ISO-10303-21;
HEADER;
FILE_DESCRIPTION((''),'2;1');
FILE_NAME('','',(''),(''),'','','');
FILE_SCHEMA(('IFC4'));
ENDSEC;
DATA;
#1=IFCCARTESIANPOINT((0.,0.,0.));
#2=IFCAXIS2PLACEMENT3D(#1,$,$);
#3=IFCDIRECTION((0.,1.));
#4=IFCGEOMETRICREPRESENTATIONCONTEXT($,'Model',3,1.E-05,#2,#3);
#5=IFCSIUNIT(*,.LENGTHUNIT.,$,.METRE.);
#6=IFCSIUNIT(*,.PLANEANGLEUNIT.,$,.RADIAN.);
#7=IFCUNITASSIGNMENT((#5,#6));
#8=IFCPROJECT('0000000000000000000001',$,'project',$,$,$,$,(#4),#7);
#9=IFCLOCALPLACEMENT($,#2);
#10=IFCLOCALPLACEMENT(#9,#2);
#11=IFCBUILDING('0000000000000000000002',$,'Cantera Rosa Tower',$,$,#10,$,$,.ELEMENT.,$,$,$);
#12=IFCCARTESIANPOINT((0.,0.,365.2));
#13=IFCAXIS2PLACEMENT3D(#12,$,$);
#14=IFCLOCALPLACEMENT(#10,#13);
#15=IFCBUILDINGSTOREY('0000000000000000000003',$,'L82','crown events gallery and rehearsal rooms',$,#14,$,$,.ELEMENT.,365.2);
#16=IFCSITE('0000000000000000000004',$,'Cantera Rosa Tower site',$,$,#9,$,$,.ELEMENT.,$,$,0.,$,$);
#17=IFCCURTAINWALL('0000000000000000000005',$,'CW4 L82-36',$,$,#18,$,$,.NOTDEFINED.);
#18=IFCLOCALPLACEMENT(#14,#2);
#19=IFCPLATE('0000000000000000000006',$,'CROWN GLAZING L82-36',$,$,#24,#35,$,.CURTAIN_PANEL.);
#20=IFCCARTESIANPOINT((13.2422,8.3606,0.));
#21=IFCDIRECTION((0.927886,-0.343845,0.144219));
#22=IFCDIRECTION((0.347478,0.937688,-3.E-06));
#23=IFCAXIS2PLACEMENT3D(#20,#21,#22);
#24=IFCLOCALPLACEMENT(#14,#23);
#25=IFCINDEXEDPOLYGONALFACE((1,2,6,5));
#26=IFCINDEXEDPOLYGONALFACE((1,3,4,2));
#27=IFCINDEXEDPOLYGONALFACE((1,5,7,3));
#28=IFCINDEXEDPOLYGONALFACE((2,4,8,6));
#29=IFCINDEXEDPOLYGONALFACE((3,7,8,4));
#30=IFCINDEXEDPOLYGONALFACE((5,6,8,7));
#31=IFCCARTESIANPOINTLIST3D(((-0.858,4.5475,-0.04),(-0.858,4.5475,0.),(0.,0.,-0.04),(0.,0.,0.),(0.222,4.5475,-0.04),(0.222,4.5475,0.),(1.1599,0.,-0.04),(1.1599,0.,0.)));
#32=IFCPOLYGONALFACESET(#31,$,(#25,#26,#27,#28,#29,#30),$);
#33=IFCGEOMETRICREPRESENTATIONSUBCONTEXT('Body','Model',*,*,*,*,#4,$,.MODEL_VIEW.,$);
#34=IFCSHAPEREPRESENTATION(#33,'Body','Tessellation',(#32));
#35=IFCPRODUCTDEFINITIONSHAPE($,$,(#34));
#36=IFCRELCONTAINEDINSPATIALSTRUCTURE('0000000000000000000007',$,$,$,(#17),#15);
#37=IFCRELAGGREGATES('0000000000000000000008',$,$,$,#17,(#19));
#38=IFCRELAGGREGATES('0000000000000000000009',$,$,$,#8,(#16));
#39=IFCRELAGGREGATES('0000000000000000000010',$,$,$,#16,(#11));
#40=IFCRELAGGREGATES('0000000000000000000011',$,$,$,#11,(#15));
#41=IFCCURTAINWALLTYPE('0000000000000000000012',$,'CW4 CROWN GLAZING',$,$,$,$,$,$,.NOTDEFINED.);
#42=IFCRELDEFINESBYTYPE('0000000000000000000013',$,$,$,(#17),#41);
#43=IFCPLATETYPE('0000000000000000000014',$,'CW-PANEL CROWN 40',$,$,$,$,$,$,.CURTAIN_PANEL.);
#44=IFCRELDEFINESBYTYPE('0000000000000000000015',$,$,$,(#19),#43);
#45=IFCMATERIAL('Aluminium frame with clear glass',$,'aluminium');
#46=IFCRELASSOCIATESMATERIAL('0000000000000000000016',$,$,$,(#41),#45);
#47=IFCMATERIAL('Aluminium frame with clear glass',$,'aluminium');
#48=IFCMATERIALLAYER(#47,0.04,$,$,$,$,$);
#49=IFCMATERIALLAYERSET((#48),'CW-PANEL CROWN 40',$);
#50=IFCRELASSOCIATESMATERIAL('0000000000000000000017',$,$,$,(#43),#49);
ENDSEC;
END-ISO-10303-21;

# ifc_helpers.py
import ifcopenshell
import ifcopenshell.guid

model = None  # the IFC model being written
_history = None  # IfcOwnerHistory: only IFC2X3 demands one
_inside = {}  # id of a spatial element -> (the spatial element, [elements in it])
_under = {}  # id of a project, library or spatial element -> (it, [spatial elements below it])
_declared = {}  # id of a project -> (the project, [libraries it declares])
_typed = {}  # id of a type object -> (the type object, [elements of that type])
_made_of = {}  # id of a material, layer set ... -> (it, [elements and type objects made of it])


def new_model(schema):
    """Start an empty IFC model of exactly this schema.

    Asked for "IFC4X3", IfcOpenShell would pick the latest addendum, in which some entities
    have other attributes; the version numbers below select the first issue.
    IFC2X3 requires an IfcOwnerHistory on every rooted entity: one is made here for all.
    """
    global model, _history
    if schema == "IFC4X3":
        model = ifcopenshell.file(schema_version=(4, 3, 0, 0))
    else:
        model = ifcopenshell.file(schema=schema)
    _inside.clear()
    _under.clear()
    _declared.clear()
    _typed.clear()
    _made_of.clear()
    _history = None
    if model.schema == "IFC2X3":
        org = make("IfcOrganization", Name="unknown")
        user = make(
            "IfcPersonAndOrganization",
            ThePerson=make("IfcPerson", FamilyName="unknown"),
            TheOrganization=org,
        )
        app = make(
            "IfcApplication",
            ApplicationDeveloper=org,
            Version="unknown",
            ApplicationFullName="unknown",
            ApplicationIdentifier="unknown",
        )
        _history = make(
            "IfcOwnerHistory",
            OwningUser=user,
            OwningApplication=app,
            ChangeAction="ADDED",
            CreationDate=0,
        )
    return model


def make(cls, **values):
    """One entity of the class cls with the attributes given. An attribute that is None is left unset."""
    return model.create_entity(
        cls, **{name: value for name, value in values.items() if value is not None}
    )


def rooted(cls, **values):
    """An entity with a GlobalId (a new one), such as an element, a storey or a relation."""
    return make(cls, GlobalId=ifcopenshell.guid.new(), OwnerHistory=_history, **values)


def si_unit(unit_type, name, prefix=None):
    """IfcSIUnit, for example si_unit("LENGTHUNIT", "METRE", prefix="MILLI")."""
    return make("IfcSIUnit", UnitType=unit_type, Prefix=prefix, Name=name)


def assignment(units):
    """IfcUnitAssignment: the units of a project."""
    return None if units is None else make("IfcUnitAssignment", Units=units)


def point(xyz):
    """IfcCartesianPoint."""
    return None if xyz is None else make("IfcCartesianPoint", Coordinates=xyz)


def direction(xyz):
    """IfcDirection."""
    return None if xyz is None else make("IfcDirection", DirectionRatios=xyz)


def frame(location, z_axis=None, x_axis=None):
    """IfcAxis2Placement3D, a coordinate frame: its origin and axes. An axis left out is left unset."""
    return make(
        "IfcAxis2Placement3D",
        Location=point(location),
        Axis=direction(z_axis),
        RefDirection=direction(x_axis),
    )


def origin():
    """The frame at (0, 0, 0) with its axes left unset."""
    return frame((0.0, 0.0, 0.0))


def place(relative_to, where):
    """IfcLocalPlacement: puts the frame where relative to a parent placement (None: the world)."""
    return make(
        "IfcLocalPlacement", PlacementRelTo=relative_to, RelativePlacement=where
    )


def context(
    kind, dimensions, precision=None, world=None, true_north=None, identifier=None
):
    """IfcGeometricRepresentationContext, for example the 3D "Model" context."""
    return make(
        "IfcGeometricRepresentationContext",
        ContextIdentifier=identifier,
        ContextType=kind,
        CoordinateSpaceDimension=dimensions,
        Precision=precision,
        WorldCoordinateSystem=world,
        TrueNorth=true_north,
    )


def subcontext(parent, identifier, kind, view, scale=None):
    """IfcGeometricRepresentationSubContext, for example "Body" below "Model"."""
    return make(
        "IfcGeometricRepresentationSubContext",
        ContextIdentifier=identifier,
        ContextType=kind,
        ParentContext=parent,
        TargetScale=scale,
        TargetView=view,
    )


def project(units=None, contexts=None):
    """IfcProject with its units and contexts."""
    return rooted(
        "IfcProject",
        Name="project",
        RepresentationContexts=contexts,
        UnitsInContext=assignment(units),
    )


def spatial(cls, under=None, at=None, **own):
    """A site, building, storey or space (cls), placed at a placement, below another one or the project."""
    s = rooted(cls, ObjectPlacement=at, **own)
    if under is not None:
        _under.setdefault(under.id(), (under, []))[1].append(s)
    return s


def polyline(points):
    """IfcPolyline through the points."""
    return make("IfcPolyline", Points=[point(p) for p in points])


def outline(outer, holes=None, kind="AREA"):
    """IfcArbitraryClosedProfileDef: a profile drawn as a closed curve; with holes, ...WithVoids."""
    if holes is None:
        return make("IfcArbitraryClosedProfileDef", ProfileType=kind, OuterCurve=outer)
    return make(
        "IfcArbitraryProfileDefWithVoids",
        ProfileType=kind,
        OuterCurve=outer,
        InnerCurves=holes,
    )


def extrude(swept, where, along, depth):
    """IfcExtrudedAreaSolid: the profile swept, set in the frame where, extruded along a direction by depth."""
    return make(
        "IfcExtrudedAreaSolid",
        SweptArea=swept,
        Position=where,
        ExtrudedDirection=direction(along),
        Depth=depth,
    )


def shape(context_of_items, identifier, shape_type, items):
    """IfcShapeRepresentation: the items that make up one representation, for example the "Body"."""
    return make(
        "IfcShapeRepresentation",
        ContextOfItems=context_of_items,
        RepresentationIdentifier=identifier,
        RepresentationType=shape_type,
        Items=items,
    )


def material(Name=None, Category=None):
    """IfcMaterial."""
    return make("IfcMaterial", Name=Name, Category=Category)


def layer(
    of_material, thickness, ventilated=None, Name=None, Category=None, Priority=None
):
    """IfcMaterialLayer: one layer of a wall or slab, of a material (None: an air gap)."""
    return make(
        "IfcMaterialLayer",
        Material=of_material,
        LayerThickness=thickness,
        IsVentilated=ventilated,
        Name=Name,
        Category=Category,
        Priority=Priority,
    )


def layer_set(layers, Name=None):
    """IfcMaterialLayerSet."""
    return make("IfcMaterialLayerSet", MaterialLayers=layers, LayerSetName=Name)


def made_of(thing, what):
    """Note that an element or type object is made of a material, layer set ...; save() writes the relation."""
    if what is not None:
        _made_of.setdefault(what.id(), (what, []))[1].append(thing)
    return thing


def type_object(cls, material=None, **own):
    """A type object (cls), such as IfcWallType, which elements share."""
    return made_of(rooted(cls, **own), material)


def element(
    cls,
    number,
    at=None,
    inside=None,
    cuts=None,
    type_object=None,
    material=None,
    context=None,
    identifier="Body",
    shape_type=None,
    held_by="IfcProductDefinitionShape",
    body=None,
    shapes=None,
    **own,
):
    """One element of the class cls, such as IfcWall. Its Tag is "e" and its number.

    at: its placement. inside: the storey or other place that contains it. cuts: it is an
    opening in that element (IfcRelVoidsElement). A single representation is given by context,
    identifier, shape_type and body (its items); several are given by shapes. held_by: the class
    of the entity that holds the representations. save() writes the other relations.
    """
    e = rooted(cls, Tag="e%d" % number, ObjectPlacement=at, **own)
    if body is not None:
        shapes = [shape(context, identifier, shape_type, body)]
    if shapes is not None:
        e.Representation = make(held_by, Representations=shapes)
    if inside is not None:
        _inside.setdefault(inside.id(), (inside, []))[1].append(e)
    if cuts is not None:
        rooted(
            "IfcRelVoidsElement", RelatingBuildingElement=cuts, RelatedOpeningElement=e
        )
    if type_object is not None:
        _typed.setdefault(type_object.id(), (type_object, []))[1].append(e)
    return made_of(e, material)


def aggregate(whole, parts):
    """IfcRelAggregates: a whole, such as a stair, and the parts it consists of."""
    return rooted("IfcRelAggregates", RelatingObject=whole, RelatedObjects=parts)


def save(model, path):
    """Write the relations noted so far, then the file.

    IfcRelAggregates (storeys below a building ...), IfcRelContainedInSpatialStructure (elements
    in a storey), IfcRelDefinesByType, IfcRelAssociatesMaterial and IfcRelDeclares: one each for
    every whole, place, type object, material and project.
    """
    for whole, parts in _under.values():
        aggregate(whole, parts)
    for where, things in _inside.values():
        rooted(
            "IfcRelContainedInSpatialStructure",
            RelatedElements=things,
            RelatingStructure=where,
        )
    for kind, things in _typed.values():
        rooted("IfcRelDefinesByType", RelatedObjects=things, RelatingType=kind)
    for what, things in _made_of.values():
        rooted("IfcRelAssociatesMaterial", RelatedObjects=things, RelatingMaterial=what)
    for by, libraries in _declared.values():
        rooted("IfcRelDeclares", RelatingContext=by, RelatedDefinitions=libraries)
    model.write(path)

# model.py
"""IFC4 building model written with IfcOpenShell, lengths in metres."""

from ifc_helpers import new_model, si_unit, direction, frame, origin, place, context, subcontext, project, spatial, polyline, outline, extrude, material, layer, layer_set, type_object, element, aggregate, save


model = new_model("IFC4")

# Units and contexts
model_context = context("Model", 3, precision=1e-05, world=origin(), true_north=direction((0.0, 1.0)))
body_context = subcontext(model_context, "Body", "Model", "MODEL_VIEW")
ifc_project = project(units=[si_unit("LENGTHUNIT", "METRE"), si_unit("PLANEANGLEUNIT", "RADIAN")], contexts=[model_context])

# Site, building, storey
site_placement = place(None, origin())
site = spatial("IfcSite", under=ifc_project, at=site_placement, Name="Cantera Rosa Tower site", CompositionType="ELEMENT", RefElevation=0.0)
building_placement = place(site_placement, origin())
building = spatial("IfcBuilding", under=site, at=building_placement, Name="Cantera Rosa Tower", CompositionType="ELEMENT")
storey_placement = place(building_placement, frame((0.0, 0.0, 365.2)))
storey = spatial("IfcBuildingStorey", under=building, at=storey_placement, Name="L82", Description="crown events gallery and rehearsal rooms", CompositionType="ELEMENT", Elevation=365.2)

# Curtain wall
ifc_material_1 = material(Name="Aluminium frame with clear glass", Category="aluminium")
curtain_wall_type = type_object("IfcCurtainWallType", Name="CW4 CROWN GLAZING", PredefinedType="NOTDEFINED", material=ifc_material_1)
curtain_wall_1_placement = place(storey_placement, origin())
curtain_wall_1 = element("IfcCurtainWall", 1, at=curtain_wall_1_placement, inside=storey, type_object=curtain_wall_type, Name="CW4 L82-36", PredefinedType="NOTDEFINED")

# Plate
ifc_material_2 = material(Name="Aluminium frame with clear glass", Category="aluminium")
ifc_layer_1 = layer(ifc_material_2, 0.04)
ifc_layer_set_1 = layer_set([ifc_layer_1], Name="CW-PANEL CROWN 40")
plate_type = type_object("IfcPlateType", Name="CW-PANEL CROWN 40", PredefinedType="CURTAIN_PANEL", material=ifc_layer_set_1)
plate_1_placement = place(storey_placement, frame((13.2422, 8.3606, 0.0), z_axis=(0.927886, -0.343845, 0.144219), x_axis=(0.347478, 0.937688, -0.000003)))
plate_1 = element("IfcPlate", 2, at=plate_1_placement, type_object=plate_type, Name="CROWN GLAZING L82-36", PredefinedType="CURTAIN_PANEL", context=body_context, shape_type="SweptSolid", body=[
    extrude(outline(polyline([(0.0, 0.0), (1.1599, 0.0), (0.222, 4.5475), (-0.858, 4.5475), (0.0, 0.0)])), origin(), (0.0, 0.0, -1.0), 0.04),
])

aggregate(curtain_wall_1, [plate_1])

save(model, "model.ifc")
